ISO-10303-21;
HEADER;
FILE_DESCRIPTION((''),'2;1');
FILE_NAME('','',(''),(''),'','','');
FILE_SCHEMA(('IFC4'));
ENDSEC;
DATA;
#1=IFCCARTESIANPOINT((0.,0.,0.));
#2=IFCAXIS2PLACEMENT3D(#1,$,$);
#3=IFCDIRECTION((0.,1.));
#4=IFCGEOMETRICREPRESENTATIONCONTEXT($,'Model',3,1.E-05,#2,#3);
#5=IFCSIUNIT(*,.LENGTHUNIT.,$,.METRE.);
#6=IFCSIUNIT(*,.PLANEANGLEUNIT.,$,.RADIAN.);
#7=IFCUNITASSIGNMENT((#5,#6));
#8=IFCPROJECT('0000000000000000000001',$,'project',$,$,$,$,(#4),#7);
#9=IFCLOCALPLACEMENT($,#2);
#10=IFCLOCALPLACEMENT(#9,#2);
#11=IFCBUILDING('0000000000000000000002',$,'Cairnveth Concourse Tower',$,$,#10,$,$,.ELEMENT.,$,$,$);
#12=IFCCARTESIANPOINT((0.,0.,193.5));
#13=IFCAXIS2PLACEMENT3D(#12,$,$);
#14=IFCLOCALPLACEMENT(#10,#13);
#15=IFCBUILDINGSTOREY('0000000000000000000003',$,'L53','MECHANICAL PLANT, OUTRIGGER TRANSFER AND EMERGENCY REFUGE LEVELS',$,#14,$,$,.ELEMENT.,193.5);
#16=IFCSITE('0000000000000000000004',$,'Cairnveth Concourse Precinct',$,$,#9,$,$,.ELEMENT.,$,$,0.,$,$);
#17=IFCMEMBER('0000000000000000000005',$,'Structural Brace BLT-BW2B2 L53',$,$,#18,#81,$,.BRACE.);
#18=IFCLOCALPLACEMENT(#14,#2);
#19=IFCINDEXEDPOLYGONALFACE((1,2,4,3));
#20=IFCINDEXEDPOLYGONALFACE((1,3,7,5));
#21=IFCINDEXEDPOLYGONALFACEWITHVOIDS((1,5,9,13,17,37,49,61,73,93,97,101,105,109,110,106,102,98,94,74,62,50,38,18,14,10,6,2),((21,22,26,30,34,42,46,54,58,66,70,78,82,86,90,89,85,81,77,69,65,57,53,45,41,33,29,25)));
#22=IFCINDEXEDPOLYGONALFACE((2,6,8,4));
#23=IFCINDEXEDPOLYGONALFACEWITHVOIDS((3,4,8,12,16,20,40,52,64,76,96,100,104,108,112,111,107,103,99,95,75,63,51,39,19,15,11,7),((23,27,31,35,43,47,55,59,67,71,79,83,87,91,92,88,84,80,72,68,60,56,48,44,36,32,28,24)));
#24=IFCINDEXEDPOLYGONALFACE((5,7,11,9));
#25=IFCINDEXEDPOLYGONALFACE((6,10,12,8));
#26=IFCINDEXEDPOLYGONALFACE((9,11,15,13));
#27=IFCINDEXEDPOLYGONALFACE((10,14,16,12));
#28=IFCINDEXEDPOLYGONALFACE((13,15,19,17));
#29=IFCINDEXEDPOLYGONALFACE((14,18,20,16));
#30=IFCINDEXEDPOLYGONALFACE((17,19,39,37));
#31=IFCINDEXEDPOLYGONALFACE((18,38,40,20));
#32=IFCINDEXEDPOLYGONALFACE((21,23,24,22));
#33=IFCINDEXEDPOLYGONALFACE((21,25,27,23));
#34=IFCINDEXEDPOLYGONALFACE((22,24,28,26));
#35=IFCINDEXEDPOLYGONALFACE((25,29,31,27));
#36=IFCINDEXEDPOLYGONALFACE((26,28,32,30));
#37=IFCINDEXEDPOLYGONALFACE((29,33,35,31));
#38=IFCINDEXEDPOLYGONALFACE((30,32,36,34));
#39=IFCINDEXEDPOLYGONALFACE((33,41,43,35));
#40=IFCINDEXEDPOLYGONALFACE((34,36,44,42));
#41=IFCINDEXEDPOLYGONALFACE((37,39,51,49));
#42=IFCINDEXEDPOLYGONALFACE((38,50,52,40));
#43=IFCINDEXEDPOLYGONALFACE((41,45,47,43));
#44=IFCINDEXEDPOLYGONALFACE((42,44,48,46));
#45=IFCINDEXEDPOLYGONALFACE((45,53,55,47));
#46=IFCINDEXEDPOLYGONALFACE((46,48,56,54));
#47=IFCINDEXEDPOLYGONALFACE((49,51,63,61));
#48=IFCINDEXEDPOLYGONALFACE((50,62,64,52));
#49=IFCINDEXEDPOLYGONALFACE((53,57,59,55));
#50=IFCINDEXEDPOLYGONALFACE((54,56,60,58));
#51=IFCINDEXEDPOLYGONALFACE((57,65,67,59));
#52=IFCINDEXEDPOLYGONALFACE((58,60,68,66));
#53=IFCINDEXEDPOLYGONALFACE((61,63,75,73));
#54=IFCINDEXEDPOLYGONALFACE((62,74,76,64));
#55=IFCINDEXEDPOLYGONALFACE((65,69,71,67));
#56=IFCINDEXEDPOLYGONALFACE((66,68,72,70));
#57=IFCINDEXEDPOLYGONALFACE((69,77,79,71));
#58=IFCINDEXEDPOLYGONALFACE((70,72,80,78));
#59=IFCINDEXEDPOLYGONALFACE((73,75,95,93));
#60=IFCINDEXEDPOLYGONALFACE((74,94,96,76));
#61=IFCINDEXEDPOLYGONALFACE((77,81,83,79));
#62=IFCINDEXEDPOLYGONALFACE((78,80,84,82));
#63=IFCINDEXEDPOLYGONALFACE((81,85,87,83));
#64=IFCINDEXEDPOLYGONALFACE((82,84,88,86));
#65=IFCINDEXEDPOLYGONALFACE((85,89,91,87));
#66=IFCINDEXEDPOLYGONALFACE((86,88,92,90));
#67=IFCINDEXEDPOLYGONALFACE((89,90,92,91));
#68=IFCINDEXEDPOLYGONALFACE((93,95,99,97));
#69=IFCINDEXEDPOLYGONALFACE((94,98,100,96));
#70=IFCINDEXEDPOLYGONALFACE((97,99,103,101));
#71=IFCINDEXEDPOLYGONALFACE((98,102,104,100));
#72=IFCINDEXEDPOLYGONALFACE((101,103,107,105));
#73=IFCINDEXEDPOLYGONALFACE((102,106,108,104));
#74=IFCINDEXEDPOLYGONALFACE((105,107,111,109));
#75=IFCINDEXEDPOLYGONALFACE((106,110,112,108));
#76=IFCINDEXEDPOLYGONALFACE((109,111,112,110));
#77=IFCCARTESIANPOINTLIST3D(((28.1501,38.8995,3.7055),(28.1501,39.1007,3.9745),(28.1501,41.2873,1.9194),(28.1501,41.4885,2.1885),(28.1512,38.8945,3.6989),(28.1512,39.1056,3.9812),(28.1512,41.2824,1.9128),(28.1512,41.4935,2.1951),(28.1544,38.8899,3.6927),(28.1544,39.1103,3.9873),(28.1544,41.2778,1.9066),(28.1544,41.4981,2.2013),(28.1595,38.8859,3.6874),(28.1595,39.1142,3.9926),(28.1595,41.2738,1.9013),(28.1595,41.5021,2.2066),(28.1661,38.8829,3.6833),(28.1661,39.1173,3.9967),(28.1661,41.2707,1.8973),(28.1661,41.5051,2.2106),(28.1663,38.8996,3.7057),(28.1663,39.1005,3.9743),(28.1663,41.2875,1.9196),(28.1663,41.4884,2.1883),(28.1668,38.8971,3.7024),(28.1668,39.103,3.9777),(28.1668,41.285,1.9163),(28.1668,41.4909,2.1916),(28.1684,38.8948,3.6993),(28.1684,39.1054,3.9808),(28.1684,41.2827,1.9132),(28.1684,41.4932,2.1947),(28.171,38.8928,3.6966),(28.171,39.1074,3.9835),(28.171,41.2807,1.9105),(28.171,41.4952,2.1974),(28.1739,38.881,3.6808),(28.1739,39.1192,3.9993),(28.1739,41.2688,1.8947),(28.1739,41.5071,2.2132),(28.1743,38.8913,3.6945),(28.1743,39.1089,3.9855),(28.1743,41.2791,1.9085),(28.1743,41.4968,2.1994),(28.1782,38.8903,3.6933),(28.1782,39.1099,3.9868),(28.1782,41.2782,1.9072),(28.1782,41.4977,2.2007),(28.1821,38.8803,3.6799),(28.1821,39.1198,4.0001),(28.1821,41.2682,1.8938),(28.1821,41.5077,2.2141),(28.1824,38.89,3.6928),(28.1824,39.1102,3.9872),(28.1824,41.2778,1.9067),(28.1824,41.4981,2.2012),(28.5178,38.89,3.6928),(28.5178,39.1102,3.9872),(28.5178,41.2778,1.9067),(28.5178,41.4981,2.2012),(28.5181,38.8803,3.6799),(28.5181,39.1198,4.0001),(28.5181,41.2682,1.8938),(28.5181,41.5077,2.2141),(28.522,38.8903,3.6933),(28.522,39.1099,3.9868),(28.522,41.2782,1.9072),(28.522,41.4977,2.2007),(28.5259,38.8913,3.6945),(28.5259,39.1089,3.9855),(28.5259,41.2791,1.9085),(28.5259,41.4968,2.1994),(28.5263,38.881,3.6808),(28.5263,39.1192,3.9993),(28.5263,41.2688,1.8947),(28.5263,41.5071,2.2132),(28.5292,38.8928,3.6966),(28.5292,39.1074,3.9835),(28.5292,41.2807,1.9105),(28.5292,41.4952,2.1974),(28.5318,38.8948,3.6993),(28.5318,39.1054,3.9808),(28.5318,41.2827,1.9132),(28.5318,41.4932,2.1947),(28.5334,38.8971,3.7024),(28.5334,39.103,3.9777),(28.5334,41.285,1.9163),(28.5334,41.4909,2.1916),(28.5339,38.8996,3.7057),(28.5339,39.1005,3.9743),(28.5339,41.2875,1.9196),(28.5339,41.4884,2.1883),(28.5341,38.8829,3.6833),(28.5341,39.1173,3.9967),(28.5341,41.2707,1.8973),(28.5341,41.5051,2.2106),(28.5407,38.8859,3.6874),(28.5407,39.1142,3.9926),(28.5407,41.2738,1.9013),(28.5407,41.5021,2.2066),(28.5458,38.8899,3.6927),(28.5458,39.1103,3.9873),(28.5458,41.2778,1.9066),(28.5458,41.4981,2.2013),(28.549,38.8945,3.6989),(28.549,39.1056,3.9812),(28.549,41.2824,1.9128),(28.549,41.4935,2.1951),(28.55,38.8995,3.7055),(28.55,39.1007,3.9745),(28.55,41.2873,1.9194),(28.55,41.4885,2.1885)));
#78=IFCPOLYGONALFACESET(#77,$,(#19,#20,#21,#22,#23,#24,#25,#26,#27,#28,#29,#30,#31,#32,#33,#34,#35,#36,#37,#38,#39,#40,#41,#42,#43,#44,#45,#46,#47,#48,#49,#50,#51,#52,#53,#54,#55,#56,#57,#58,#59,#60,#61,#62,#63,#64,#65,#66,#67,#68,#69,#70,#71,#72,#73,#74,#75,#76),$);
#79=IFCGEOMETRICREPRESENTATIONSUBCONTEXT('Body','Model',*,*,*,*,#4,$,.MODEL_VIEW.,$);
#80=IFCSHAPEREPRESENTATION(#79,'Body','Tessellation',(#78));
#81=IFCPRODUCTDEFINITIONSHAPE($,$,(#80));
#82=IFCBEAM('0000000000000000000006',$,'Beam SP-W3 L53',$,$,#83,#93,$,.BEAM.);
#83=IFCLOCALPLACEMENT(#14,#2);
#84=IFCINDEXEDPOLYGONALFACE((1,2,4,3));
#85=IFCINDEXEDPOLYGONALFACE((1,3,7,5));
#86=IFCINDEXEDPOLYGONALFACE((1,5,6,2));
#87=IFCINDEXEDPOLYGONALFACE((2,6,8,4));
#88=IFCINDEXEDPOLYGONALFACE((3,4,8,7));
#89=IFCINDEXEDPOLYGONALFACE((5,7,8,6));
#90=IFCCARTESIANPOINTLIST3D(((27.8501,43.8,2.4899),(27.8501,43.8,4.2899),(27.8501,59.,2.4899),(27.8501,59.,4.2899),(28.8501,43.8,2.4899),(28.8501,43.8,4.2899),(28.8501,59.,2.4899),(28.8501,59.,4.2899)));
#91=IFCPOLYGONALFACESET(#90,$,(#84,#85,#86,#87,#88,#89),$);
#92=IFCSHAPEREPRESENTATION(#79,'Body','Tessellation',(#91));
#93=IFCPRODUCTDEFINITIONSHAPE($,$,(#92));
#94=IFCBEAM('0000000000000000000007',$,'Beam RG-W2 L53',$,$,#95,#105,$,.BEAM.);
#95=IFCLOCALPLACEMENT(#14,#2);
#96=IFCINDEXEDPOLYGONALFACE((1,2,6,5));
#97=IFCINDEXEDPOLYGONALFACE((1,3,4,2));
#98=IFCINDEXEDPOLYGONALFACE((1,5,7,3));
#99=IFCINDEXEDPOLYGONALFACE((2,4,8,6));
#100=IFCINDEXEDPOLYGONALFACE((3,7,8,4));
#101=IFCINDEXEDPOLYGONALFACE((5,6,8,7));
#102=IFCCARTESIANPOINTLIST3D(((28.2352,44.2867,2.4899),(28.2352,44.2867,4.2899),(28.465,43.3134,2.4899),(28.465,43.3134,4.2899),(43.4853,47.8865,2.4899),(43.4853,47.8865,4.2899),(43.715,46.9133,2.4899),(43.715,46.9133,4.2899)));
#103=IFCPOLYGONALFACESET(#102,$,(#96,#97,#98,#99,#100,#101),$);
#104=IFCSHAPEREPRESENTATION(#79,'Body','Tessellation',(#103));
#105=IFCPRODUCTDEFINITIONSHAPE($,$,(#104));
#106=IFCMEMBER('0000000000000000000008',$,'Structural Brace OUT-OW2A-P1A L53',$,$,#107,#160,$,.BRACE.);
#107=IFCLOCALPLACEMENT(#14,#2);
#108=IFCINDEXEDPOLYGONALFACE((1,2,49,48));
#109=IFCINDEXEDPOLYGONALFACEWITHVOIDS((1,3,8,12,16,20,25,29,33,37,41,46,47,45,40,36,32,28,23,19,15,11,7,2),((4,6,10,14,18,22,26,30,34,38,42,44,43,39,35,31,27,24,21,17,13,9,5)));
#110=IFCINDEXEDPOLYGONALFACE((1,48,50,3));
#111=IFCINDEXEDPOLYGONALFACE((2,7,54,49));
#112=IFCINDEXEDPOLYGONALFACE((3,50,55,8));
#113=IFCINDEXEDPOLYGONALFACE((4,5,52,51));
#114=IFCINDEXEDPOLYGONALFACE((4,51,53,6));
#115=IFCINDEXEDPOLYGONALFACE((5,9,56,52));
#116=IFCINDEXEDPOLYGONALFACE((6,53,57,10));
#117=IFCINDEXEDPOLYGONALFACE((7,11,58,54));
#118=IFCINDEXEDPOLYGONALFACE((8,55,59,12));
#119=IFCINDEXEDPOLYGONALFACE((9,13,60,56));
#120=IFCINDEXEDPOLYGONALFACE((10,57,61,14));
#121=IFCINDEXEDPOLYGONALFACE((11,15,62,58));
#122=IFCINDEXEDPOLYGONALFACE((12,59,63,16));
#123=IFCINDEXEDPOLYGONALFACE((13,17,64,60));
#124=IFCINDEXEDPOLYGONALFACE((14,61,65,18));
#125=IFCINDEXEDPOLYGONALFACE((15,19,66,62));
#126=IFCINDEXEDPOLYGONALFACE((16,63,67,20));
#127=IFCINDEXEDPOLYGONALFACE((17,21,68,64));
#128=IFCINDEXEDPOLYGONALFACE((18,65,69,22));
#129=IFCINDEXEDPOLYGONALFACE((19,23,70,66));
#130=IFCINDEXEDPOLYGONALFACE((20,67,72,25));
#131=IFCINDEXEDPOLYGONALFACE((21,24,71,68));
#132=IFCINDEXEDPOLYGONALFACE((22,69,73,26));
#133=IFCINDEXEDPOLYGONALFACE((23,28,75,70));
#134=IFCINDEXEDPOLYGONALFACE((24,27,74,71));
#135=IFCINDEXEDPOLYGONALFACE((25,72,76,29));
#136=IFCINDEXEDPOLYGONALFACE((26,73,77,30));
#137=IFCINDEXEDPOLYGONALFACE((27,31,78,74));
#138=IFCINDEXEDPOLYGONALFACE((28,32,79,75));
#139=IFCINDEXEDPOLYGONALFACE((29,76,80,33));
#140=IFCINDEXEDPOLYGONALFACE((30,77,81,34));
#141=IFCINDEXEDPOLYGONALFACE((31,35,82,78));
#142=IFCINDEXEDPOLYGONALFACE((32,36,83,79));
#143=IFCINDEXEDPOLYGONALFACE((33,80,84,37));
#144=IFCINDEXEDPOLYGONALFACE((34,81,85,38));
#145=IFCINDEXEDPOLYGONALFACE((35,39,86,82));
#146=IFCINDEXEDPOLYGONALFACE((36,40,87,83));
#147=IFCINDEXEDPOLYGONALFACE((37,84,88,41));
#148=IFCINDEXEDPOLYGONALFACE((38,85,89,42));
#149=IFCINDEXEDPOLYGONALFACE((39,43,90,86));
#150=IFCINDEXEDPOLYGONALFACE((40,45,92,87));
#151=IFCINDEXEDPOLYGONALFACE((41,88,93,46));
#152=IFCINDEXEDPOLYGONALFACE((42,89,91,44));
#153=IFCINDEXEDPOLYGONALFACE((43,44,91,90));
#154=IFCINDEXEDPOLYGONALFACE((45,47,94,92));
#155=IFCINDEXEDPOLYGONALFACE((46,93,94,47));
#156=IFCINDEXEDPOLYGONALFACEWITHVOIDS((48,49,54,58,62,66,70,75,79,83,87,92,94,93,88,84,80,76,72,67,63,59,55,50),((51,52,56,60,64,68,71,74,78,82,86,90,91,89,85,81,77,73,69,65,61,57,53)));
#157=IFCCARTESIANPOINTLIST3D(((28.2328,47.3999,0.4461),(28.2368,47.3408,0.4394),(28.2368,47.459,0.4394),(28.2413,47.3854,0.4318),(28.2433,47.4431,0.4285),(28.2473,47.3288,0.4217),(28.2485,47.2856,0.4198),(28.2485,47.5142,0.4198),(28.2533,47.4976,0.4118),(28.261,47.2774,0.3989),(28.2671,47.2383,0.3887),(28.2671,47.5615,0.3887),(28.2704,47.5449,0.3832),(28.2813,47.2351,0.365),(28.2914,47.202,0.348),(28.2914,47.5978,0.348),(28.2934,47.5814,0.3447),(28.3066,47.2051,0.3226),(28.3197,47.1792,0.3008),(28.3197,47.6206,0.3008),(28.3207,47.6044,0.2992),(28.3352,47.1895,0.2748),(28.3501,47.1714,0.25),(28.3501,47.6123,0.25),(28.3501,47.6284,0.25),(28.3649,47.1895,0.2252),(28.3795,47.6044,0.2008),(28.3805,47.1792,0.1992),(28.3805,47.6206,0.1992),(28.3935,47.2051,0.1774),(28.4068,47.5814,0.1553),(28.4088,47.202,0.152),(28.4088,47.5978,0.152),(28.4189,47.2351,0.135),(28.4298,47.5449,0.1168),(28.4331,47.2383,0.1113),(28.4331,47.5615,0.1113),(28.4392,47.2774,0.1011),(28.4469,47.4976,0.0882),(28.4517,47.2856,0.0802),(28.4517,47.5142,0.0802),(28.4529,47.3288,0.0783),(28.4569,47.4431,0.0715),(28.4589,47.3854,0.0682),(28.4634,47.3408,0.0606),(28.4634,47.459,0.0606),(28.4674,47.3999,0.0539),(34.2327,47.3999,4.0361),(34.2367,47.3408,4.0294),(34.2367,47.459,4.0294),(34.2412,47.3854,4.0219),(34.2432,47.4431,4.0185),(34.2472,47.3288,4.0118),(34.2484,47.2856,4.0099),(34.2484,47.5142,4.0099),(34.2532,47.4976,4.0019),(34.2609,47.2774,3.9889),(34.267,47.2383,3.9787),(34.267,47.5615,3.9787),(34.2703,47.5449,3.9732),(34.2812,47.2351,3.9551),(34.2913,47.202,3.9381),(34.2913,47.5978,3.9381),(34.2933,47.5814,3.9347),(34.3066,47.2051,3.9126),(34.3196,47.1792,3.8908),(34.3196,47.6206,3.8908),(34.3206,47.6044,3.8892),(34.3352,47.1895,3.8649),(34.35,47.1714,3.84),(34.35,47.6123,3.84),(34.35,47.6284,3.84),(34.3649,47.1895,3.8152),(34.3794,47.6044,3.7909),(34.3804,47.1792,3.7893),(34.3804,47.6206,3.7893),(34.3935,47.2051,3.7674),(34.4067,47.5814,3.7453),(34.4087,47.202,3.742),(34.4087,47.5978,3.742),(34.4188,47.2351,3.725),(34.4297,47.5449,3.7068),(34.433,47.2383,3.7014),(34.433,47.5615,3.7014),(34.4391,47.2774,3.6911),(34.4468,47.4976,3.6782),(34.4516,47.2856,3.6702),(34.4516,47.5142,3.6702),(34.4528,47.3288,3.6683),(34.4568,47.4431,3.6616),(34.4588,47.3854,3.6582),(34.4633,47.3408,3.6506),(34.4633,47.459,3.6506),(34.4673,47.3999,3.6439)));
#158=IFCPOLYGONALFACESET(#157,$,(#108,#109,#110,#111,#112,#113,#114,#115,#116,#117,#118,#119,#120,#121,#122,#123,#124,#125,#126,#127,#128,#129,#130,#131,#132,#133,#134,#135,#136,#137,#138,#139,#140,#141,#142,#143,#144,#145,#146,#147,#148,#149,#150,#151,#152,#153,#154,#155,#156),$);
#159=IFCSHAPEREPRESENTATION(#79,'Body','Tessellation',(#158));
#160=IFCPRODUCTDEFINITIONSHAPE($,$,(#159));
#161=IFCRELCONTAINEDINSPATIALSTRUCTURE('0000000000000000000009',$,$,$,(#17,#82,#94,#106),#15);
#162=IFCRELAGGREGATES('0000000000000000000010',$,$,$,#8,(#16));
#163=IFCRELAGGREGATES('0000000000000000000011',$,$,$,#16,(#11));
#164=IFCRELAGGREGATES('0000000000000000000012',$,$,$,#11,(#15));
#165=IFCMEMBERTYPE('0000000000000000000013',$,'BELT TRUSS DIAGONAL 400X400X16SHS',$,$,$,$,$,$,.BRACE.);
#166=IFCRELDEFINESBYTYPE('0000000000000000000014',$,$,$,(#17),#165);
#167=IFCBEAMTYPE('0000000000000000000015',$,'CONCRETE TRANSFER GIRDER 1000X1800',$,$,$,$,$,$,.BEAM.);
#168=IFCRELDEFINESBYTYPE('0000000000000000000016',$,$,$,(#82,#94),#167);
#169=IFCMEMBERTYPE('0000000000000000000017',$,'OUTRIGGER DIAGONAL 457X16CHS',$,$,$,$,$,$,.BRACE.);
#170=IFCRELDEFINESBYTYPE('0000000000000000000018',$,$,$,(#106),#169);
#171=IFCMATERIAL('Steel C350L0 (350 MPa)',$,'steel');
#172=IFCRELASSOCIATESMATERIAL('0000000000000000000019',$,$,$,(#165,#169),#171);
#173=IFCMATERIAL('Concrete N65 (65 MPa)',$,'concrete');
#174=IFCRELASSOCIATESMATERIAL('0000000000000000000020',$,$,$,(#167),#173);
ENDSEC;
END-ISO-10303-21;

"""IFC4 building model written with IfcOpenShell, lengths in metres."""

from ifc_helpers import new_model, si_unit, direction, frame, origin, origin_2d, place, context, subcontext, project, spatial, rectangle, hollow_rectangle, hollow_circle, extrude, material, material_profile, profile_set, type_object, element, save


model = new_model("IFC4")

# Units and contexts
model_context = context("Model", 3, precision=1e-05, world=origin(), true_north=direction((0.0, 1.0)))
body_context = subcontext(model_context, "Body", "Model", "MODEL_VIEW")
ifc_project = project(units=[si_unit("LENGTHUNIT", "METRE"), si_unit("PLANEANGLEUNIT", "RADIAN")], contexts=[model_context])

# Site, building, storey
site_placement = place(None, origin())
site = spatial("IfcSite", under=ifc_project, at=site_placement, Name="Cairnveth Concourse Precinct", CompositionType="ELEMENT", RefElevation=0.0)
building_placement = place(site_placement, origin())
building = spatial("IfcBuilding", under=site, at=building_placement, Name="Cairnveth Concourse Tower", CompositionType="ELEMENT")
storey_placement = place(building_placement, frame((0.0, 0.0, 193.5)))
storey = spatial("IfcBuildingStorey", under=building, at=storey_placement, Name="L53", Description="MECHANICAL PLANT, OUTRIGGER TRANSFER AND EMERGENCY REFUGE LEVELS", CompositionType="ELEMENT", Elevation=193.5)

# Shared definitions
ifc_material_1 = material(Name="Concrete N65 (65 MPa)", Category="concrete")

# Member
ifc_material_2 = material(Name="Steel C350L0 (350 MPa)", Category="steel")
ifc_material_profile_1 = material_profile(ifc_material_2, hollow_rectangle(XDim=0.3999, YDim=0.3999, WallThickness=0.0161, InnerFilletRadius=0.0161, OuterFilletRadius=0.032, at=origin_2d()), Name="400x400x16.0SHS")
ifc_profile_set_1 = profile_set([ifc_material_profile_1], Name="Steel C350L0 (350 MPa)")
member_type_1 = type_object("IfcMemberType", Name="BELT TRUSS DIAGONAL 400X400X16SHS", PredefinedType="BRACE", material=ifc_profile_set_1)
for number, where, z_axis, x_axis, name in (
    (1, (28.3501, 41.3879, 2.054), (0.0, -0.800775, 0.598965), (1.0, 0.0, 0.0), "Structural Brace BLT-BW2B2 L53"),
):
    element("IfcMember", number, at=place(storey_placement, frame(where, z_axis=z_axis, x_axis=x_axis)), inside=storey, type_object=member_type_1, Name=name, PredefinedType="BRACE", context=body_context, shape_type="SweptSolid", body=[
        extrude(hollow_rectangle(XDim=0.3999, YDim=0.3999, WallThickness=0.0161, InnerFilletRadius=0.0161, OuterFilletRadius=0.032, at=origin_2d()), origin(), (0.0, 0.0, 1.0), 2.9819),
    ])

# Beams
ifc_material_profile_2 = material_profile(ifc_material_1, rectangle(XDim=1.0, YDim=1.8, at=origin_2d()), Name="RC-TB-1000x1800")
ifc_profile_set_2 = profile_set([ifc_material_profile_2], Name="Concrete N65 (65 MPa)")
beam_type = type_object("IfcBeamType", Name="CONCRETE TRANSFER GIRDER 1000X1800", PredefinedType="BEAM", material=ifc_profile_set_2)
beam_1_placement = place(storey_placement, frame((28.3501, 43.8, 3.3899), z_axis=(0.0, 1.0, 0.0), x_axis=(-1.0, 0.0, 0.0)))
element("IfcBeam", 2, at=beam_1_placement, inside=storey, type_object=beam_type, Name="Beam SP-W3 L53", PredefinedType="BEAM", context=body_context, shape_type="SweptSolid", body=[
    extrude(rectangle(XDim=1.0, YDim=1.8, at=origin_2d()), origin(), (0.0, 0.0, 1.0), 15.2),
])
beam_2_placement = place(storey_placement, frame((28.3501, 43.8, 3.3899), z_axis=(0.973252, 0.229742, 0.0), x_axis=(-0.229742, 0.973252, 0.0)))
element("IfcBeam", 3, at=beam_2_placement, inside=storey, type_object=beam_type, Name="Beam RG-W2 L53", PredefinedType="BEAM", context=body_context, shape_type="SweptSolid", body=[
    extrude(rectangle(XDim=1.0, YDim=1.8, at=origin_2d()), origin(), (0.0, 0.0, 1.0), 15.6692),
])

# Member
ifc_material_profile_3 = material_profile(ifc_material_2, hollow_circle(Radius=0.2285, WallThickness=0.0161, at=origin_2d()), Name="457.0x16.0CHS")
ifc_profile_set_3 = profile_set([ifc_material_profile_3], Name="Steel C350L0 (350 MPa)")
member_type_2 = type_object("IfcMemberType", Name="OUTRIGGER DIAGONAL 457X16CHS", PredefinedType="BRACE", material=ifc_profile_set_3)
member_1_placement = place(storey_placement, frame((28.3501, 47.3999, 0.25), z_axis=(0.858118, 0.0, 0.513453), x_axis=(0.0, 1.0, 0.0)))
element("IfcMember", 4, at=member_1_placement, inside=storey, type_object=member_type_2, Name="Structural Brace OUT-OW2A-P1A L53", PredefinedType="BRACE", context=body_context, shape_type="SweptSolid", body=[
    extrude(hollow_circle(Radius=0.2285, WallThickness=0.0161, at=origin_2d()), origin(), (0.0, 0.0, 1.0), 6.9919),
])

save(model, "model.ifc")
